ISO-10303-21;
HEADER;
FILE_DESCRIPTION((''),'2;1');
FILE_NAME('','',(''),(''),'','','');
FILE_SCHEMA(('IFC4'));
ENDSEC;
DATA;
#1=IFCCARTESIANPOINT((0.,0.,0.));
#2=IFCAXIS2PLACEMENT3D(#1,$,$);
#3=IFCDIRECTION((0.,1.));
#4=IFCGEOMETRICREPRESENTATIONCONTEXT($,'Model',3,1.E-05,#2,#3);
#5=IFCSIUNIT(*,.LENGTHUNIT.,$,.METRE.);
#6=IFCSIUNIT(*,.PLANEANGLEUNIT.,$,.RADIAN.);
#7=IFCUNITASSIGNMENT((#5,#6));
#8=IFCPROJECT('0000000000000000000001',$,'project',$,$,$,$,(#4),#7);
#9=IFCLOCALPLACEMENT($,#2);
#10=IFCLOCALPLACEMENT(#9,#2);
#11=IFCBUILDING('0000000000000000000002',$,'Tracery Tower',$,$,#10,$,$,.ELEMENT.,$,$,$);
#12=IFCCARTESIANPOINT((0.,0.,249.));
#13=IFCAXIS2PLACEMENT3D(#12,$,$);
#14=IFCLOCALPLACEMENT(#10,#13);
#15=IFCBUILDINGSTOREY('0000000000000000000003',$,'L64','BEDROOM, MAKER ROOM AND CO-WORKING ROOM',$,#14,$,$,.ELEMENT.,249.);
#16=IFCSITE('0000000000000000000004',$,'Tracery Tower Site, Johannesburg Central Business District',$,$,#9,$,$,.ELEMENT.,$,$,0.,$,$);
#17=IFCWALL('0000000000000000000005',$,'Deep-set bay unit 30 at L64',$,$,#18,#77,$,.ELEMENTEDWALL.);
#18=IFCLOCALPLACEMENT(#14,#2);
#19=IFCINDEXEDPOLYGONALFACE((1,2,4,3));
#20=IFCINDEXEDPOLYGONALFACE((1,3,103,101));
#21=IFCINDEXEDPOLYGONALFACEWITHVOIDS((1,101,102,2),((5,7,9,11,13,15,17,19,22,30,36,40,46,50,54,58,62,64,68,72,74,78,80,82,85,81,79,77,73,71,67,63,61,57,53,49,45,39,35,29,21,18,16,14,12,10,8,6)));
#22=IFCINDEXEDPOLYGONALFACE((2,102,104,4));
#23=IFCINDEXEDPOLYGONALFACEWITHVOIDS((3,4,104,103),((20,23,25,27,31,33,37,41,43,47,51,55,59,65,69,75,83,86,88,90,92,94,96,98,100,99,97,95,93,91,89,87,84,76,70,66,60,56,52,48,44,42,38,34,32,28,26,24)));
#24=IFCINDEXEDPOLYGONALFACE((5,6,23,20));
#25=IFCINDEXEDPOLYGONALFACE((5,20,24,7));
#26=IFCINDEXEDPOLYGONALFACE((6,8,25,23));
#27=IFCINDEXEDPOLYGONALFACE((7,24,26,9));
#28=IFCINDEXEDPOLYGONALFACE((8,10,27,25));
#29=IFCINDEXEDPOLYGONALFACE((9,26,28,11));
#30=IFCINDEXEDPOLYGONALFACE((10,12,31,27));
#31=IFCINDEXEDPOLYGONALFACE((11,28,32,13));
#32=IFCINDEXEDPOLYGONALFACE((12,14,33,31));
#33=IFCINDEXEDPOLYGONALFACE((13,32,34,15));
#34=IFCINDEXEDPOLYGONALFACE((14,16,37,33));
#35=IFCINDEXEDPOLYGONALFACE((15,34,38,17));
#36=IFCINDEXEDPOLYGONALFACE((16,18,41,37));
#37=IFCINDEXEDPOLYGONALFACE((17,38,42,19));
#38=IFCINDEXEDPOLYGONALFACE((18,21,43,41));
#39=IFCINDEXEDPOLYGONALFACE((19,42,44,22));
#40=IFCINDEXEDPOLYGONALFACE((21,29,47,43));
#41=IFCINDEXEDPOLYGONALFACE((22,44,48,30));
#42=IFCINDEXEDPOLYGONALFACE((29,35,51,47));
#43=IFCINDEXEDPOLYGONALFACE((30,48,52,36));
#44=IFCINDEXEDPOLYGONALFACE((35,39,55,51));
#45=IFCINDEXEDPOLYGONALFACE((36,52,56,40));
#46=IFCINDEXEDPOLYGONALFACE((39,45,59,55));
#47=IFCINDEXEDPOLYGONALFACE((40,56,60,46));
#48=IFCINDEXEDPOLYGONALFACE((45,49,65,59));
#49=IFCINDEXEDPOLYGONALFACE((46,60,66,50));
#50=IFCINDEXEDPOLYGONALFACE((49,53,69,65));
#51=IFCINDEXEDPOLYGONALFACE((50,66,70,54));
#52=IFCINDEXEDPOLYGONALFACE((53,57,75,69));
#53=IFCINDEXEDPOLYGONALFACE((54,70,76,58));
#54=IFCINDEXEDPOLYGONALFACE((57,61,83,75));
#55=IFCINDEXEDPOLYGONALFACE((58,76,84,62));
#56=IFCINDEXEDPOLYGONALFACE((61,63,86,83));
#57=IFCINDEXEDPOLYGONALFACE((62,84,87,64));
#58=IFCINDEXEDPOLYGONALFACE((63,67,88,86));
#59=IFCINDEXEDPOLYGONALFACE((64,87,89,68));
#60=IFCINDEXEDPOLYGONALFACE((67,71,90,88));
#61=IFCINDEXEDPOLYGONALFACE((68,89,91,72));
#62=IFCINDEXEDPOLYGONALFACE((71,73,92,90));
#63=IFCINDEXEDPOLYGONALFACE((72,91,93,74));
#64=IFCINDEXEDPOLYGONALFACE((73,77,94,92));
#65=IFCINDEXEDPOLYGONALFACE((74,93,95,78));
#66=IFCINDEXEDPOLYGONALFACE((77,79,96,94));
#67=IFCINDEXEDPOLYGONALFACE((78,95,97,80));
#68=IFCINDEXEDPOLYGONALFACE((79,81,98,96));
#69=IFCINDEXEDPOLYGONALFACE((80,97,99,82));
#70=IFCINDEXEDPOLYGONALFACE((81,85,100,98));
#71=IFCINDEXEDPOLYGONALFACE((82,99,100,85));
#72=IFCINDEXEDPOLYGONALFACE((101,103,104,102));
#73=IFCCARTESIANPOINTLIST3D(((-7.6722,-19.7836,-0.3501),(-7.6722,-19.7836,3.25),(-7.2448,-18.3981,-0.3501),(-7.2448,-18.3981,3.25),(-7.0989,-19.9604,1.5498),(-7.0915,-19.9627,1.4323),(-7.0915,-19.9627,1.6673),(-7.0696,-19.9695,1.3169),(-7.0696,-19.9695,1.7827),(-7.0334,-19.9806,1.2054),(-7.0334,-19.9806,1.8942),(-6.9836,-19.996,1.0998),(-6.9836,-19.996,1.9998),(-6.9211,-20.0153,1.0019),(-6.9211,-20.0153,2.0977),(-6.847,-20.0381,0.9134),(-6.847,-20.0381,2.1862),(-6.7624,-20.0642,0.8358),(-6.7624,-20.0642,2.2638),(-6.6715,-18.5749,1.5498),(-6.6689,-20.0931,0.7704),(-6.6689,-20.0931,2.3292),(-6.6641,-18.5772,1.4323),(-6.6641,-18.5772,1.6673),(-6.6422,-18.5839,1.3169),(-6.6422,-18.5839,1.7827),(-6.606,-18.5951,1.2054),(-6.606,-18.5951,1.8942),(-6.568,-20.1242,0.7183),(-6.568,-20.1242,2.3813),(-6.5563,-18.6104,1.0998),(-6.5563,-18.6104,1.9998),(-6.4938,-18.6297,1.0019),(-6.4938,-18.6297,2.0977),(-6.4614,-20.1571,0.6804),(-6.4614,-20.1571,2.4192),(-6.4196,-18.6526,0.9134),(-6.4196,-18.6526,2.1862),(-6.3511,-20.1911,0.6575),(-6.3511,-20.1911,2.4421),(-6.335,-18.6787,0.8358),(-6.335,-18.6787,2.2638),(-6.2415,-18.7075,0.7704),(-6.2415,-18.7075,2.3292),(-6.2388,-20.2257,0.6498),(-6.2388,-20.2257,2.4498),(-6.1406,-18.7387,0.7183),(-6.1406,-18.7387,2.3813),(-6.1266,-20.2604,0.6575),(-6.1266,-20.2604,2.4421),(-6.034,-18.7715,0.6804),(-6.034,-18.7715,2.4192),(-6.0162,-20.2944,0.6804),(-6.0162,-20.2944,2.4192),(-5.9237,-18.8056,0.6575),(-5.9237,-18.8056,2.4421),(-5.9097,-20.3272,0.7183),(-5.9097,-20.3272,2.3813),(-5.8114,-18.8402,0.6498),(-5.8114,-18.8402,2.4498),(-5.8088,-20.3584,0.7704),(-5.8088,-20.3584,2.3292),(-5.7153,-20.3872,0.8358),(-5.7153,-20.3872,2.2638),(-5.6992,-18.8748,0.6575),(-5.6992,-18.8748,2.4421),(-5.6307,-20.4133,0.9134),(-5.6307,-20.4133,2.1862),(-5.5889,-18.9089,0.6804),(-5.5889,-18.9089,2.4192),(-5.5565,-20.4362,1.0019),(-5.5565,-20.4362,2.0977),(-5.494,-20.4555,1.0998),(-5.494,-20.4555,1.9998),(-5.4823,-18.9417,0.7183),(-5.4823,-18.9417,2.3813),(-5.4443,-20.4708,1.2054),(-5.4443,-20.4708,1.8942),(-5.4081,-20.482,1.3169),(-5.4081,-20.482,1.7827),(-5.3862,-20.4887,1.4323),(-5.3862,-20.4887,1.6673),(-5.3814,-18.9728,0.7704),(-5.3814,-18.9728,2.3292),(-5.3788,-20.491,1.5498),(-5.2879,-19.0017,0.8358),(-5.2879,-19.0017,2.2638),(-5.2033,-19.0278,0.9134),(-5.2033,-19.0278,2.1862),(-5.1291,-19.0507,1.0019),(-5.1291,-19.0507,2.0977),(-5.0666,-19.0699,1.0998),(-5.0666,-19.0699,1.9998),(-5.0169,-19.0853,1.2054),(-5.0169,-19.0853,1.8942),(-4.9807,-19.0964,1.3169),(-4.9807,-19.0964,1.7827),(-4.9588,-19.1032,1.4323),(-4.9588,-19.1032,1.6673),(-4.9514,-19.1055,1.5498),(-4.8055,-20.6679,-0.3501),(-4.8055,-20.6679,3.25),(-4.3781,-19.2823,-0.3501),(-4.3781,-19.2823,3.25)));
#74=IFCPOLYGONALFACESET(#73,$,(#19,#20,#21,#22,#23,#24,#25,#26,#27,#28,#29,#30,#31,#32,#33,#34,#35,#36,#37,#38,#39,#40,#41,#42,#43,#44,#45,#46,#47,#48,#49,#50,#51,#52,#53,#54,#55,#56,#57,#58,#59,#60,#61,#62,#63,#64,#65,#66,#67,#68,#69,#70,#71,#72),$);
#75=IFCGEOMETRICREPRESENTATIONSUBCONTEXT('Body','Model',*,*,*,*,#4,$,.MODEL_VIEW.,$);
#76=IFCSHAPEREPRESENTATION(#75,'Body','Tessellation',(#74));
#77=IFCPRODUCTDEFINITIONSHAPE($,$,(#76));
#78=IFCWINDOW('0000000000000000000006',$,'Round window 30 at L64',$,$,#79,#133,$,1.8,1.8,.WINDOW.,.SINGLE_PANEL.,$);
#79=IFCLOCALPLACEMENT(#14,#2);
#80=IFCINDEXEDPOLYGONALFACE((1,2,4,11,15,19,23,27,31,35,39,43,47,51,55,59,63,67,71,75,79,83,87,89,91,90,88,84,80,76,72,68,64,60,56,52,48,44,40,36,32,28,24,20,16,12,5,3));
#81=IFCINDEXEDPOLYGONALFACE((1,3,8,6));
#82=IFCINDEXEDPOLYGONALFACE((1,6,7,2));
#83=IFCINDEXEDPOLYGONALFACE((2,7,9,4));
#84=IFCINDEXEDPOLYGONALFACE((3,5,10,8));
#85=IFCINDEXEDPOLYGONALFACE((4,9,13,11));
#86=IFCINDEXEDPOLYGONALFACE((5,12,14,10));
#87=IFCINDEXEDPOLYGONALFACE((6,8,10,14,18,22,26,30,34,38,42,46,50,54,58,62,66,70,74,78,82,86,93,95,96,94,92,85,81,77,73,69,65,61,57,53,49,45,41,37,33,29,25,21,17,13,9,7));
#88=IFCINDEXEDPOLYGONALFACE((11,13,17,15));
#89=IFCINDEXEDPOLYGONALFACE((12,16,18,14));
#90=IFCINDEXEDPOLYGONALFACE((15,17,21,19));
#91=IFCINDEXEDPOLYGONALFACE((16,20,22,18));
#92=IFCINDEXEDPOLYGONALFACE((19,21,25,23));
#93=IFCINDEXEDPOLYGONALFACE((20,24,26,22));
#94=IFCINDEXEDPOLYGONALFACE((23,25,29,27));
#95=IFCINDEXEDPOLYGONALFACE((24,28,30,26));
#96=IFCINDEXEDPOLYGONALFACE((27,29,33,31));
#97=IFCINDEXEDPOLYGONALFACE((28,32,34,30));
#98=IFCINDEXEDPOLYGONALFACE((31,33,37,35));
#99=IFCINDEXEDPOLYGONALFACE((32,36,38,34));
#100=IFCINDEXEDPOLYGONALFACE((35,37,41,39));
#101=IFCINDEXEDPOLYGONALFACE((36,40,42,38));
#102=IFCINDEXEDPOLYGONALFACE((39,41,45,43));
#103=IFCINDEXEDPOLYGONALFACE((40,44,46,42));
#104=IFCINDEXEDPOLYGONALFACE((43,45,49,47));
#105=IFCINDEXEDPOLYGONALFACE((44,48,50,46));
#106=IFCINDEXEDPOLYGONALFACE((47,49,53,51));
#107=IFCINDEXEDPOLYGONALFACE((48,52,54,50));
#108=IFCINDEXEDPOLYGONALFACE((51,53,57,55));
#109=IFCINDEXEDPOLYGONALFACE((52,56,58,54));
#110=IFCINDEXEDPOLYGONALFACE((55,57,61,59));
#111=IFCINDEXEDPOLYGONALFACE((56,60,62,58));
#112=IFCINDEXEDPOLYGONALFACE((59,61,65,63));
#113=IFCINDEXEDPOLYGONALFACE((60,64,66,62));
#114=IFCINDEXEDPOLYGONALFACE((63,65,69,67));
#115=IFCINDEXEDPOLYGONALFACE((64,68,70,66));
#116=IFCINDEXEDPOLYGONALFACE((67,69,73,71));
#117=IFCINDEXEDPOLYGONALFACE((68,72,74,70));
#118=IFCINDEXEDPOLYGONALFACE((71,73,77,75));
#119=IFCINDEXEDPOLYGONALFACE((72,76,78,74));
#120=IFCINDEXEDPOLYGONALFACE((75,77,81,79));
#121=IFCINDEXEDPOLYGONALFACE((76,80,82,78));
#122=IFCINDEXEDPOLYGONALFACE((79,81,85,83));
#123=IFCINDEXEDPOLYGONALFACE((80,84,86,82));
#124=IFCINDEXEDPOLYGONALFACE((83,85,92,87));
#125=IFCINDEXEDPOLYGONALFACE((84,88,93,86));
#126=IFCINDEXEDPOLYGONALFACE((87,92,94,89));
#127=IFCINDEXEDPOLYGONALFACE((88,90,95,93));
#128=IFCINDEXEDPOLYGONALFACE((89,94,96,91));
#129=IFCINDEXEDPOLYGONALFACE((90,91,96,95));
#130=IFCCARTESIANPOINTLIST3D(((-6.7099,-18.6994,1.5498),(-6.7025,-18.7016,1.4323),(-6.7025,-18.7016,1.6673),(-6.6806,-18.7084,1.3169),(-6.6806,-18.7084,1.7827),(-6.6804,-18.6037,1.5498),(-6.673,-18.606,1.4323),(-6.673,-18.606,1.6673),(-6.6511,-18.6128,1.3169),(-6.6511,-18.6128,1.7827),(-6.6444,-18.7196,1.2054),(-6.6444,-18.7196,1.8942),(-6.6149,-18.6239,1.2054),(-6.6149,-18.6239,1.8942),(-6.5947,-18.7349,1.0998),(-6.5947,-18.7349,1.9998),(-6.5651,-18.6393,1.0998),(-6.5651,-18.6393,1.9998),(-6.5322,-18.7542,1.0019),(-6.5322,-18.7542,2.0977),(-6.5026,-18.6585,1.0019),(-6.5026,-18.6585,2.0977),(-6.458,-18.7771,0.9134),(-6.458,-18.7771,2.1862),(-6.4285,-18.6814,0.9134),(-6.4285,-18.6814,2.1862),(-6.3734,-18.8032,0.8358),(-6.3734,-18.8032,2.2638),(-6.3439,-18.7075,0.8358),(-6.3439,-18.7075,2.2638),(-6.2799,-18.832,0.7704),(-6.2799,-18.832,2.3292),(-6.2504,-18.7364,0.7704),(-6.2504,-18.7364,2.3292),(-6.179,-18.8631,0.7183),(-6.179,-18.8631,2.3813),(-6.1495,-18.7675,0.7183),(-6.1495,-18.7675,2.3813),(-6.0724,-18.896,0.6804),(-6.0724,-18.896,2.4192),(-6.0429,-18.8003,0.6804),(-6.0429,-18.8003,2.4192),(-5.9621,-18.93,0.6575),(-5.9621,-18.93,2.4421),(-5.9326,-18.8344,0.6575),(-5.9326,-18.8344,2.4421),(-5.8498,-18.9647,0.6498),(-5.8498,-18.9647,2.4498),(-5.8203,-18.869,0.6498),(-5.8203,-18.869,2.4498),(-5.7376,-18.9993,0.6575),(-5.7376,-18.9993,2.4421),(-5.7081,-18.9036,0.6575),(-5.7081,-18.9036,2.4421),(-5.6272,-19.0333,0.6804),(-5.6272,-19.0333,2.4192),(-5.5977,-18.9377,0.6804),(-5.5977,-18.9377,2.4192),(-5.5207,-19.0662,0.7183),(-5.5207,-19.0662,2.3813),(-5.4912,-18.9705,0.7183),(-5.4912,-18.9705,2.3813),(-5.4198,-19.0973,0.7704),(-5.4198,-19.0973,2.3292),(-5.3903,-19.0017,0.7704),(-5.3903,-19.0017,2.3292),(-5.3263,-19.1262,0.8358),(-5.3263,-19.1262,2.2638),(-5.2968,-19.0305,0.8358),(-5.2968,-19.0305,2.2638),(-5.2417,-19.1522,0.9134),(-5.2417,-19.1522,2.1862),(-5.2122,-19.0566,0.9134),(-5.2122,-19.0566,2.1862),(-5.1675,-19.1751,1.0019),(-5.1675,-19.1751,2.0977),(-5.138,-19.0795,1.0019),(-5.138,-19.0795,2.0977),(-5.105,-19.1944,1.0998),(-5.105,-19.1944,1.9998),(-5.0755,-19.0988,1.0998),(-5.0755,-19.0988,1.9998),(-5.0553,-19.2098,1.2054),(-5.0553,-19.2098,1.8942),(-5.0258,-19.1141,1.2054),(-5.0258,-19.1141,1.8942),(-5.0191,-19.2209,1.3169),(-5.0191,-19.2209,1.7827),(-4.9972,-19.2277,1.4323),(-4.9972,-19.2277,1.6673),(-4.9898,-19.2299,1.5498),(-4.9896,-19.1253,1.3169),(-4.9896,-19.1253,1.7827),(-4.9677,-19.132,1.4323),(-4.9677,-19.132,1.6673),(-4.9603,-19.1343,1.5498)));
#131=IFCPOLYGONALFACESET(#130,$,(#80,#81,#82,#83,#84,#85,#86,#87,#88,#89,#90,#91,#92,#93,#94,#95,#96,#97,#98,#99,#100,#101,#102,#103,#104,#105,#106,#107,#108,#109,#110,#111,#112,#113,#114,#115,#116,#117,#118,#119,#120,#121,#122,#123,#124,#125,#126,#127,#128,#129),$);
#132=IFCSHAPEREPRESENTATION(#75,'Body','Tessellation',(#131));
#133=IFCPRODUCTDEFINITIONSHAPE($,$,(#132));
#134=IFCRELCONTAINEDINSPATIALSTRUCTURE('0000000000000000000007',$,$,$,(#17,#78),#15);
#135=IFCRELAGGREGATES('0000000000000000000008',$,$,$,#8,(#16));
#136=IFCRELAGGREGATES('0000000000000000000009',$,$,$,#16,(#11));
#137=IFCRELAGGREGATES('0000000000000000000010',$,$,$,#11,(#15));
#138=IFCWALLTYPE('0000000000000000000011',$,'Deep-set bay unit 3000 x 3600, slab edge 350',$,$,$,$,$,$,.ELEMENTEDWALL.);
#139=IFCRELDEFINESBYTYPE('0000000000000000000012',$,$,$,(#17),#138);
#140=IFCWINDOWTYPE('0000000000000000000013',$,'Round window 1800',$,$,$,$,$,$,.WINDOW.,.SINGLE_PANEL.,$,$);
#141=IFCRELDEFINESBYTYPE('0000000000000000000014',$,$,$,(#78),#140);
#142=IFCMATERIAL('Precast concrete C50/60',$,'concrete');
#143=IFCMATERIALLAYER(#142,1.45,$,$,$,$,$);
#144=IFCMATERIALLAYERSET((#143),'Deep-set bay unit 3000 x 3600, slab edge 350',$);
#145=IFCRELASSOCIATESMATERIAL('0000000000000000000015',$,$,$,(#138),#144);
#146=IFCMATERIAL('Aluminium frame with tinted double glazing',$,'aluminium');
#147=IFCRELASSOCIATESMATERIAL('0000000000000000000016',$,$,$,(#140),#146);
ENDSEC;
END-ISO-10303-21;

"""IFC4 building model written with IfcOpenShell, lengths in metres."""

from ifc_helpers import new_model, si_unit, direction, frame, frame_2d, origin, origin_2d, place, context, subcontext, project, spatial, rectangle, circle, extrude, material, layer, layer_set, type_object, element, fill, save


model = new_model("IFC4")

# Units and contexts
model_context = context("Model", 3, precision=1e-05, world=origin(), true_north=direction((0.0, 1.0)))
body_context = subcontext(model_context, "Body", "Model", "MODEL_VIEW")
ifc_project = project(units=[si_unit("LENGTHUNIT", "METRE"), si_unit("PLANEANGLEUNIT", "RADIAN")], contexts=[model_context])

# Site, building, storey
site_placement = place(None, origin())
site = spatial("IfcSite", under=ifc_project, at=site_placement, Name="Tracery Tower Site, Johannesburg Central Business District", CompositionType="ELEMENT", RefElevation=0.0)
building_placement = place(site_placement, origin())
building = spatial("IfcBuilding", under=site, at=building_placement, Name="Tracery Tower", CompositionType="ELEMENT")
storey_placement = place(building_placement, frame((0.0, 0.0, 249.0)))
storey = spatial("IfcBuildingStorey", under=building, at=storey_placement, Name="L64", Description="BEDROOM, MAKER ROOM AND CO-WORKING ROOM", CompositionType="ELEMENT", Elevation=249.0)

# Wall, opening, window
ifc_material_1 = material(Name="Precast concrete C50/60", Category="concrete")
ifc_layer_1 = layer(ifc_material_1, 1.45)
ifc_layer_set_1 = layer_set([ifc_layer_1], Name="Deep-set bay unit 3000 x 3600, slab edge 350")
wall_type_1 = type_object("IfcWallType", Name="Deep-set bay unit 3000 x 3600, slab edge 350", PredefinedType="ELEMENTEDWALL", material=ifc_layer_set_1)
wall_1_placement = place(storey_placement, frame((-7.4585, -19.0908, -0.3501), z_axis=(0.0, 0.0, 1.0), x_axis=(0.955571, -0.294761, 0.0)))
wall_1 = element("IfcWall", 1, at=wall_1_placement, inside=storey, type_object=wall_type_1, Name="Deep-set bay unit 30 at L64", PredefinedType="ELEMENTEDWALL", context=body_context, shape_type="SweptSolid", body=[
    extrude(rectangle(XDim=3.0, YDim=1.45, at=frame_2d((1.5, 0.0))), origin(), (0.0, 0.0, 1.0), 3.6001),
])
opening_1_placement = place(wall_1_placement, frame((1.5, 0.0, 1.8999)))
opening_1 = element("IfcOpeningElement", 2, at=opening_1_placement, cuts=wall_1, PredefinedType="OPENING", context=body_context, shape_type="SweptSolid", body=[
    extrude(circle(Radius=0.9, at=origin_2d()), frame((0.0, 0.7349, 0.0), z_axis=(0.0, -1.0, 0.0), x_axis=(1.0, 0.0, 0.0)), (0.0, 0.0, 1.0), 1.47),
])
ifc_material_2 = material(Name="Aluminium frame with tinted double glazing", Category="aluminium")
window_type = type_object("IfcWindowType", Name="Round window 1800", PartitioningType="SINGLE_PANEL", PredefinedType="WINDOW", material=ifc_material_2)
window_1_placement = place(opening_1_placement, origin())
window_1 = element("IfcWindow", 3, at=window_1_placement, inside=storey, type_object=window_type, Name="Round window 30 at L64", OverallHeight=1.8, OverallWidth=1.8, PartitioningType="SINGLE_PANEL", PredefinedType="WINDOW", context=body_context, shape_type="SweptSolid", body=[
    extrude(circle(Radius=0.9, at=origin_2d()), frame((0.0, 0.6948, 0.0), z_axis=(0.0, -1.0, 0.0), x_axis=(1.0, 0.0, 0.0)), (0.0, 0.0, 1.0), 0.1001),
])
fill(opening_1, window_1)

save(model, "model.ifc")
